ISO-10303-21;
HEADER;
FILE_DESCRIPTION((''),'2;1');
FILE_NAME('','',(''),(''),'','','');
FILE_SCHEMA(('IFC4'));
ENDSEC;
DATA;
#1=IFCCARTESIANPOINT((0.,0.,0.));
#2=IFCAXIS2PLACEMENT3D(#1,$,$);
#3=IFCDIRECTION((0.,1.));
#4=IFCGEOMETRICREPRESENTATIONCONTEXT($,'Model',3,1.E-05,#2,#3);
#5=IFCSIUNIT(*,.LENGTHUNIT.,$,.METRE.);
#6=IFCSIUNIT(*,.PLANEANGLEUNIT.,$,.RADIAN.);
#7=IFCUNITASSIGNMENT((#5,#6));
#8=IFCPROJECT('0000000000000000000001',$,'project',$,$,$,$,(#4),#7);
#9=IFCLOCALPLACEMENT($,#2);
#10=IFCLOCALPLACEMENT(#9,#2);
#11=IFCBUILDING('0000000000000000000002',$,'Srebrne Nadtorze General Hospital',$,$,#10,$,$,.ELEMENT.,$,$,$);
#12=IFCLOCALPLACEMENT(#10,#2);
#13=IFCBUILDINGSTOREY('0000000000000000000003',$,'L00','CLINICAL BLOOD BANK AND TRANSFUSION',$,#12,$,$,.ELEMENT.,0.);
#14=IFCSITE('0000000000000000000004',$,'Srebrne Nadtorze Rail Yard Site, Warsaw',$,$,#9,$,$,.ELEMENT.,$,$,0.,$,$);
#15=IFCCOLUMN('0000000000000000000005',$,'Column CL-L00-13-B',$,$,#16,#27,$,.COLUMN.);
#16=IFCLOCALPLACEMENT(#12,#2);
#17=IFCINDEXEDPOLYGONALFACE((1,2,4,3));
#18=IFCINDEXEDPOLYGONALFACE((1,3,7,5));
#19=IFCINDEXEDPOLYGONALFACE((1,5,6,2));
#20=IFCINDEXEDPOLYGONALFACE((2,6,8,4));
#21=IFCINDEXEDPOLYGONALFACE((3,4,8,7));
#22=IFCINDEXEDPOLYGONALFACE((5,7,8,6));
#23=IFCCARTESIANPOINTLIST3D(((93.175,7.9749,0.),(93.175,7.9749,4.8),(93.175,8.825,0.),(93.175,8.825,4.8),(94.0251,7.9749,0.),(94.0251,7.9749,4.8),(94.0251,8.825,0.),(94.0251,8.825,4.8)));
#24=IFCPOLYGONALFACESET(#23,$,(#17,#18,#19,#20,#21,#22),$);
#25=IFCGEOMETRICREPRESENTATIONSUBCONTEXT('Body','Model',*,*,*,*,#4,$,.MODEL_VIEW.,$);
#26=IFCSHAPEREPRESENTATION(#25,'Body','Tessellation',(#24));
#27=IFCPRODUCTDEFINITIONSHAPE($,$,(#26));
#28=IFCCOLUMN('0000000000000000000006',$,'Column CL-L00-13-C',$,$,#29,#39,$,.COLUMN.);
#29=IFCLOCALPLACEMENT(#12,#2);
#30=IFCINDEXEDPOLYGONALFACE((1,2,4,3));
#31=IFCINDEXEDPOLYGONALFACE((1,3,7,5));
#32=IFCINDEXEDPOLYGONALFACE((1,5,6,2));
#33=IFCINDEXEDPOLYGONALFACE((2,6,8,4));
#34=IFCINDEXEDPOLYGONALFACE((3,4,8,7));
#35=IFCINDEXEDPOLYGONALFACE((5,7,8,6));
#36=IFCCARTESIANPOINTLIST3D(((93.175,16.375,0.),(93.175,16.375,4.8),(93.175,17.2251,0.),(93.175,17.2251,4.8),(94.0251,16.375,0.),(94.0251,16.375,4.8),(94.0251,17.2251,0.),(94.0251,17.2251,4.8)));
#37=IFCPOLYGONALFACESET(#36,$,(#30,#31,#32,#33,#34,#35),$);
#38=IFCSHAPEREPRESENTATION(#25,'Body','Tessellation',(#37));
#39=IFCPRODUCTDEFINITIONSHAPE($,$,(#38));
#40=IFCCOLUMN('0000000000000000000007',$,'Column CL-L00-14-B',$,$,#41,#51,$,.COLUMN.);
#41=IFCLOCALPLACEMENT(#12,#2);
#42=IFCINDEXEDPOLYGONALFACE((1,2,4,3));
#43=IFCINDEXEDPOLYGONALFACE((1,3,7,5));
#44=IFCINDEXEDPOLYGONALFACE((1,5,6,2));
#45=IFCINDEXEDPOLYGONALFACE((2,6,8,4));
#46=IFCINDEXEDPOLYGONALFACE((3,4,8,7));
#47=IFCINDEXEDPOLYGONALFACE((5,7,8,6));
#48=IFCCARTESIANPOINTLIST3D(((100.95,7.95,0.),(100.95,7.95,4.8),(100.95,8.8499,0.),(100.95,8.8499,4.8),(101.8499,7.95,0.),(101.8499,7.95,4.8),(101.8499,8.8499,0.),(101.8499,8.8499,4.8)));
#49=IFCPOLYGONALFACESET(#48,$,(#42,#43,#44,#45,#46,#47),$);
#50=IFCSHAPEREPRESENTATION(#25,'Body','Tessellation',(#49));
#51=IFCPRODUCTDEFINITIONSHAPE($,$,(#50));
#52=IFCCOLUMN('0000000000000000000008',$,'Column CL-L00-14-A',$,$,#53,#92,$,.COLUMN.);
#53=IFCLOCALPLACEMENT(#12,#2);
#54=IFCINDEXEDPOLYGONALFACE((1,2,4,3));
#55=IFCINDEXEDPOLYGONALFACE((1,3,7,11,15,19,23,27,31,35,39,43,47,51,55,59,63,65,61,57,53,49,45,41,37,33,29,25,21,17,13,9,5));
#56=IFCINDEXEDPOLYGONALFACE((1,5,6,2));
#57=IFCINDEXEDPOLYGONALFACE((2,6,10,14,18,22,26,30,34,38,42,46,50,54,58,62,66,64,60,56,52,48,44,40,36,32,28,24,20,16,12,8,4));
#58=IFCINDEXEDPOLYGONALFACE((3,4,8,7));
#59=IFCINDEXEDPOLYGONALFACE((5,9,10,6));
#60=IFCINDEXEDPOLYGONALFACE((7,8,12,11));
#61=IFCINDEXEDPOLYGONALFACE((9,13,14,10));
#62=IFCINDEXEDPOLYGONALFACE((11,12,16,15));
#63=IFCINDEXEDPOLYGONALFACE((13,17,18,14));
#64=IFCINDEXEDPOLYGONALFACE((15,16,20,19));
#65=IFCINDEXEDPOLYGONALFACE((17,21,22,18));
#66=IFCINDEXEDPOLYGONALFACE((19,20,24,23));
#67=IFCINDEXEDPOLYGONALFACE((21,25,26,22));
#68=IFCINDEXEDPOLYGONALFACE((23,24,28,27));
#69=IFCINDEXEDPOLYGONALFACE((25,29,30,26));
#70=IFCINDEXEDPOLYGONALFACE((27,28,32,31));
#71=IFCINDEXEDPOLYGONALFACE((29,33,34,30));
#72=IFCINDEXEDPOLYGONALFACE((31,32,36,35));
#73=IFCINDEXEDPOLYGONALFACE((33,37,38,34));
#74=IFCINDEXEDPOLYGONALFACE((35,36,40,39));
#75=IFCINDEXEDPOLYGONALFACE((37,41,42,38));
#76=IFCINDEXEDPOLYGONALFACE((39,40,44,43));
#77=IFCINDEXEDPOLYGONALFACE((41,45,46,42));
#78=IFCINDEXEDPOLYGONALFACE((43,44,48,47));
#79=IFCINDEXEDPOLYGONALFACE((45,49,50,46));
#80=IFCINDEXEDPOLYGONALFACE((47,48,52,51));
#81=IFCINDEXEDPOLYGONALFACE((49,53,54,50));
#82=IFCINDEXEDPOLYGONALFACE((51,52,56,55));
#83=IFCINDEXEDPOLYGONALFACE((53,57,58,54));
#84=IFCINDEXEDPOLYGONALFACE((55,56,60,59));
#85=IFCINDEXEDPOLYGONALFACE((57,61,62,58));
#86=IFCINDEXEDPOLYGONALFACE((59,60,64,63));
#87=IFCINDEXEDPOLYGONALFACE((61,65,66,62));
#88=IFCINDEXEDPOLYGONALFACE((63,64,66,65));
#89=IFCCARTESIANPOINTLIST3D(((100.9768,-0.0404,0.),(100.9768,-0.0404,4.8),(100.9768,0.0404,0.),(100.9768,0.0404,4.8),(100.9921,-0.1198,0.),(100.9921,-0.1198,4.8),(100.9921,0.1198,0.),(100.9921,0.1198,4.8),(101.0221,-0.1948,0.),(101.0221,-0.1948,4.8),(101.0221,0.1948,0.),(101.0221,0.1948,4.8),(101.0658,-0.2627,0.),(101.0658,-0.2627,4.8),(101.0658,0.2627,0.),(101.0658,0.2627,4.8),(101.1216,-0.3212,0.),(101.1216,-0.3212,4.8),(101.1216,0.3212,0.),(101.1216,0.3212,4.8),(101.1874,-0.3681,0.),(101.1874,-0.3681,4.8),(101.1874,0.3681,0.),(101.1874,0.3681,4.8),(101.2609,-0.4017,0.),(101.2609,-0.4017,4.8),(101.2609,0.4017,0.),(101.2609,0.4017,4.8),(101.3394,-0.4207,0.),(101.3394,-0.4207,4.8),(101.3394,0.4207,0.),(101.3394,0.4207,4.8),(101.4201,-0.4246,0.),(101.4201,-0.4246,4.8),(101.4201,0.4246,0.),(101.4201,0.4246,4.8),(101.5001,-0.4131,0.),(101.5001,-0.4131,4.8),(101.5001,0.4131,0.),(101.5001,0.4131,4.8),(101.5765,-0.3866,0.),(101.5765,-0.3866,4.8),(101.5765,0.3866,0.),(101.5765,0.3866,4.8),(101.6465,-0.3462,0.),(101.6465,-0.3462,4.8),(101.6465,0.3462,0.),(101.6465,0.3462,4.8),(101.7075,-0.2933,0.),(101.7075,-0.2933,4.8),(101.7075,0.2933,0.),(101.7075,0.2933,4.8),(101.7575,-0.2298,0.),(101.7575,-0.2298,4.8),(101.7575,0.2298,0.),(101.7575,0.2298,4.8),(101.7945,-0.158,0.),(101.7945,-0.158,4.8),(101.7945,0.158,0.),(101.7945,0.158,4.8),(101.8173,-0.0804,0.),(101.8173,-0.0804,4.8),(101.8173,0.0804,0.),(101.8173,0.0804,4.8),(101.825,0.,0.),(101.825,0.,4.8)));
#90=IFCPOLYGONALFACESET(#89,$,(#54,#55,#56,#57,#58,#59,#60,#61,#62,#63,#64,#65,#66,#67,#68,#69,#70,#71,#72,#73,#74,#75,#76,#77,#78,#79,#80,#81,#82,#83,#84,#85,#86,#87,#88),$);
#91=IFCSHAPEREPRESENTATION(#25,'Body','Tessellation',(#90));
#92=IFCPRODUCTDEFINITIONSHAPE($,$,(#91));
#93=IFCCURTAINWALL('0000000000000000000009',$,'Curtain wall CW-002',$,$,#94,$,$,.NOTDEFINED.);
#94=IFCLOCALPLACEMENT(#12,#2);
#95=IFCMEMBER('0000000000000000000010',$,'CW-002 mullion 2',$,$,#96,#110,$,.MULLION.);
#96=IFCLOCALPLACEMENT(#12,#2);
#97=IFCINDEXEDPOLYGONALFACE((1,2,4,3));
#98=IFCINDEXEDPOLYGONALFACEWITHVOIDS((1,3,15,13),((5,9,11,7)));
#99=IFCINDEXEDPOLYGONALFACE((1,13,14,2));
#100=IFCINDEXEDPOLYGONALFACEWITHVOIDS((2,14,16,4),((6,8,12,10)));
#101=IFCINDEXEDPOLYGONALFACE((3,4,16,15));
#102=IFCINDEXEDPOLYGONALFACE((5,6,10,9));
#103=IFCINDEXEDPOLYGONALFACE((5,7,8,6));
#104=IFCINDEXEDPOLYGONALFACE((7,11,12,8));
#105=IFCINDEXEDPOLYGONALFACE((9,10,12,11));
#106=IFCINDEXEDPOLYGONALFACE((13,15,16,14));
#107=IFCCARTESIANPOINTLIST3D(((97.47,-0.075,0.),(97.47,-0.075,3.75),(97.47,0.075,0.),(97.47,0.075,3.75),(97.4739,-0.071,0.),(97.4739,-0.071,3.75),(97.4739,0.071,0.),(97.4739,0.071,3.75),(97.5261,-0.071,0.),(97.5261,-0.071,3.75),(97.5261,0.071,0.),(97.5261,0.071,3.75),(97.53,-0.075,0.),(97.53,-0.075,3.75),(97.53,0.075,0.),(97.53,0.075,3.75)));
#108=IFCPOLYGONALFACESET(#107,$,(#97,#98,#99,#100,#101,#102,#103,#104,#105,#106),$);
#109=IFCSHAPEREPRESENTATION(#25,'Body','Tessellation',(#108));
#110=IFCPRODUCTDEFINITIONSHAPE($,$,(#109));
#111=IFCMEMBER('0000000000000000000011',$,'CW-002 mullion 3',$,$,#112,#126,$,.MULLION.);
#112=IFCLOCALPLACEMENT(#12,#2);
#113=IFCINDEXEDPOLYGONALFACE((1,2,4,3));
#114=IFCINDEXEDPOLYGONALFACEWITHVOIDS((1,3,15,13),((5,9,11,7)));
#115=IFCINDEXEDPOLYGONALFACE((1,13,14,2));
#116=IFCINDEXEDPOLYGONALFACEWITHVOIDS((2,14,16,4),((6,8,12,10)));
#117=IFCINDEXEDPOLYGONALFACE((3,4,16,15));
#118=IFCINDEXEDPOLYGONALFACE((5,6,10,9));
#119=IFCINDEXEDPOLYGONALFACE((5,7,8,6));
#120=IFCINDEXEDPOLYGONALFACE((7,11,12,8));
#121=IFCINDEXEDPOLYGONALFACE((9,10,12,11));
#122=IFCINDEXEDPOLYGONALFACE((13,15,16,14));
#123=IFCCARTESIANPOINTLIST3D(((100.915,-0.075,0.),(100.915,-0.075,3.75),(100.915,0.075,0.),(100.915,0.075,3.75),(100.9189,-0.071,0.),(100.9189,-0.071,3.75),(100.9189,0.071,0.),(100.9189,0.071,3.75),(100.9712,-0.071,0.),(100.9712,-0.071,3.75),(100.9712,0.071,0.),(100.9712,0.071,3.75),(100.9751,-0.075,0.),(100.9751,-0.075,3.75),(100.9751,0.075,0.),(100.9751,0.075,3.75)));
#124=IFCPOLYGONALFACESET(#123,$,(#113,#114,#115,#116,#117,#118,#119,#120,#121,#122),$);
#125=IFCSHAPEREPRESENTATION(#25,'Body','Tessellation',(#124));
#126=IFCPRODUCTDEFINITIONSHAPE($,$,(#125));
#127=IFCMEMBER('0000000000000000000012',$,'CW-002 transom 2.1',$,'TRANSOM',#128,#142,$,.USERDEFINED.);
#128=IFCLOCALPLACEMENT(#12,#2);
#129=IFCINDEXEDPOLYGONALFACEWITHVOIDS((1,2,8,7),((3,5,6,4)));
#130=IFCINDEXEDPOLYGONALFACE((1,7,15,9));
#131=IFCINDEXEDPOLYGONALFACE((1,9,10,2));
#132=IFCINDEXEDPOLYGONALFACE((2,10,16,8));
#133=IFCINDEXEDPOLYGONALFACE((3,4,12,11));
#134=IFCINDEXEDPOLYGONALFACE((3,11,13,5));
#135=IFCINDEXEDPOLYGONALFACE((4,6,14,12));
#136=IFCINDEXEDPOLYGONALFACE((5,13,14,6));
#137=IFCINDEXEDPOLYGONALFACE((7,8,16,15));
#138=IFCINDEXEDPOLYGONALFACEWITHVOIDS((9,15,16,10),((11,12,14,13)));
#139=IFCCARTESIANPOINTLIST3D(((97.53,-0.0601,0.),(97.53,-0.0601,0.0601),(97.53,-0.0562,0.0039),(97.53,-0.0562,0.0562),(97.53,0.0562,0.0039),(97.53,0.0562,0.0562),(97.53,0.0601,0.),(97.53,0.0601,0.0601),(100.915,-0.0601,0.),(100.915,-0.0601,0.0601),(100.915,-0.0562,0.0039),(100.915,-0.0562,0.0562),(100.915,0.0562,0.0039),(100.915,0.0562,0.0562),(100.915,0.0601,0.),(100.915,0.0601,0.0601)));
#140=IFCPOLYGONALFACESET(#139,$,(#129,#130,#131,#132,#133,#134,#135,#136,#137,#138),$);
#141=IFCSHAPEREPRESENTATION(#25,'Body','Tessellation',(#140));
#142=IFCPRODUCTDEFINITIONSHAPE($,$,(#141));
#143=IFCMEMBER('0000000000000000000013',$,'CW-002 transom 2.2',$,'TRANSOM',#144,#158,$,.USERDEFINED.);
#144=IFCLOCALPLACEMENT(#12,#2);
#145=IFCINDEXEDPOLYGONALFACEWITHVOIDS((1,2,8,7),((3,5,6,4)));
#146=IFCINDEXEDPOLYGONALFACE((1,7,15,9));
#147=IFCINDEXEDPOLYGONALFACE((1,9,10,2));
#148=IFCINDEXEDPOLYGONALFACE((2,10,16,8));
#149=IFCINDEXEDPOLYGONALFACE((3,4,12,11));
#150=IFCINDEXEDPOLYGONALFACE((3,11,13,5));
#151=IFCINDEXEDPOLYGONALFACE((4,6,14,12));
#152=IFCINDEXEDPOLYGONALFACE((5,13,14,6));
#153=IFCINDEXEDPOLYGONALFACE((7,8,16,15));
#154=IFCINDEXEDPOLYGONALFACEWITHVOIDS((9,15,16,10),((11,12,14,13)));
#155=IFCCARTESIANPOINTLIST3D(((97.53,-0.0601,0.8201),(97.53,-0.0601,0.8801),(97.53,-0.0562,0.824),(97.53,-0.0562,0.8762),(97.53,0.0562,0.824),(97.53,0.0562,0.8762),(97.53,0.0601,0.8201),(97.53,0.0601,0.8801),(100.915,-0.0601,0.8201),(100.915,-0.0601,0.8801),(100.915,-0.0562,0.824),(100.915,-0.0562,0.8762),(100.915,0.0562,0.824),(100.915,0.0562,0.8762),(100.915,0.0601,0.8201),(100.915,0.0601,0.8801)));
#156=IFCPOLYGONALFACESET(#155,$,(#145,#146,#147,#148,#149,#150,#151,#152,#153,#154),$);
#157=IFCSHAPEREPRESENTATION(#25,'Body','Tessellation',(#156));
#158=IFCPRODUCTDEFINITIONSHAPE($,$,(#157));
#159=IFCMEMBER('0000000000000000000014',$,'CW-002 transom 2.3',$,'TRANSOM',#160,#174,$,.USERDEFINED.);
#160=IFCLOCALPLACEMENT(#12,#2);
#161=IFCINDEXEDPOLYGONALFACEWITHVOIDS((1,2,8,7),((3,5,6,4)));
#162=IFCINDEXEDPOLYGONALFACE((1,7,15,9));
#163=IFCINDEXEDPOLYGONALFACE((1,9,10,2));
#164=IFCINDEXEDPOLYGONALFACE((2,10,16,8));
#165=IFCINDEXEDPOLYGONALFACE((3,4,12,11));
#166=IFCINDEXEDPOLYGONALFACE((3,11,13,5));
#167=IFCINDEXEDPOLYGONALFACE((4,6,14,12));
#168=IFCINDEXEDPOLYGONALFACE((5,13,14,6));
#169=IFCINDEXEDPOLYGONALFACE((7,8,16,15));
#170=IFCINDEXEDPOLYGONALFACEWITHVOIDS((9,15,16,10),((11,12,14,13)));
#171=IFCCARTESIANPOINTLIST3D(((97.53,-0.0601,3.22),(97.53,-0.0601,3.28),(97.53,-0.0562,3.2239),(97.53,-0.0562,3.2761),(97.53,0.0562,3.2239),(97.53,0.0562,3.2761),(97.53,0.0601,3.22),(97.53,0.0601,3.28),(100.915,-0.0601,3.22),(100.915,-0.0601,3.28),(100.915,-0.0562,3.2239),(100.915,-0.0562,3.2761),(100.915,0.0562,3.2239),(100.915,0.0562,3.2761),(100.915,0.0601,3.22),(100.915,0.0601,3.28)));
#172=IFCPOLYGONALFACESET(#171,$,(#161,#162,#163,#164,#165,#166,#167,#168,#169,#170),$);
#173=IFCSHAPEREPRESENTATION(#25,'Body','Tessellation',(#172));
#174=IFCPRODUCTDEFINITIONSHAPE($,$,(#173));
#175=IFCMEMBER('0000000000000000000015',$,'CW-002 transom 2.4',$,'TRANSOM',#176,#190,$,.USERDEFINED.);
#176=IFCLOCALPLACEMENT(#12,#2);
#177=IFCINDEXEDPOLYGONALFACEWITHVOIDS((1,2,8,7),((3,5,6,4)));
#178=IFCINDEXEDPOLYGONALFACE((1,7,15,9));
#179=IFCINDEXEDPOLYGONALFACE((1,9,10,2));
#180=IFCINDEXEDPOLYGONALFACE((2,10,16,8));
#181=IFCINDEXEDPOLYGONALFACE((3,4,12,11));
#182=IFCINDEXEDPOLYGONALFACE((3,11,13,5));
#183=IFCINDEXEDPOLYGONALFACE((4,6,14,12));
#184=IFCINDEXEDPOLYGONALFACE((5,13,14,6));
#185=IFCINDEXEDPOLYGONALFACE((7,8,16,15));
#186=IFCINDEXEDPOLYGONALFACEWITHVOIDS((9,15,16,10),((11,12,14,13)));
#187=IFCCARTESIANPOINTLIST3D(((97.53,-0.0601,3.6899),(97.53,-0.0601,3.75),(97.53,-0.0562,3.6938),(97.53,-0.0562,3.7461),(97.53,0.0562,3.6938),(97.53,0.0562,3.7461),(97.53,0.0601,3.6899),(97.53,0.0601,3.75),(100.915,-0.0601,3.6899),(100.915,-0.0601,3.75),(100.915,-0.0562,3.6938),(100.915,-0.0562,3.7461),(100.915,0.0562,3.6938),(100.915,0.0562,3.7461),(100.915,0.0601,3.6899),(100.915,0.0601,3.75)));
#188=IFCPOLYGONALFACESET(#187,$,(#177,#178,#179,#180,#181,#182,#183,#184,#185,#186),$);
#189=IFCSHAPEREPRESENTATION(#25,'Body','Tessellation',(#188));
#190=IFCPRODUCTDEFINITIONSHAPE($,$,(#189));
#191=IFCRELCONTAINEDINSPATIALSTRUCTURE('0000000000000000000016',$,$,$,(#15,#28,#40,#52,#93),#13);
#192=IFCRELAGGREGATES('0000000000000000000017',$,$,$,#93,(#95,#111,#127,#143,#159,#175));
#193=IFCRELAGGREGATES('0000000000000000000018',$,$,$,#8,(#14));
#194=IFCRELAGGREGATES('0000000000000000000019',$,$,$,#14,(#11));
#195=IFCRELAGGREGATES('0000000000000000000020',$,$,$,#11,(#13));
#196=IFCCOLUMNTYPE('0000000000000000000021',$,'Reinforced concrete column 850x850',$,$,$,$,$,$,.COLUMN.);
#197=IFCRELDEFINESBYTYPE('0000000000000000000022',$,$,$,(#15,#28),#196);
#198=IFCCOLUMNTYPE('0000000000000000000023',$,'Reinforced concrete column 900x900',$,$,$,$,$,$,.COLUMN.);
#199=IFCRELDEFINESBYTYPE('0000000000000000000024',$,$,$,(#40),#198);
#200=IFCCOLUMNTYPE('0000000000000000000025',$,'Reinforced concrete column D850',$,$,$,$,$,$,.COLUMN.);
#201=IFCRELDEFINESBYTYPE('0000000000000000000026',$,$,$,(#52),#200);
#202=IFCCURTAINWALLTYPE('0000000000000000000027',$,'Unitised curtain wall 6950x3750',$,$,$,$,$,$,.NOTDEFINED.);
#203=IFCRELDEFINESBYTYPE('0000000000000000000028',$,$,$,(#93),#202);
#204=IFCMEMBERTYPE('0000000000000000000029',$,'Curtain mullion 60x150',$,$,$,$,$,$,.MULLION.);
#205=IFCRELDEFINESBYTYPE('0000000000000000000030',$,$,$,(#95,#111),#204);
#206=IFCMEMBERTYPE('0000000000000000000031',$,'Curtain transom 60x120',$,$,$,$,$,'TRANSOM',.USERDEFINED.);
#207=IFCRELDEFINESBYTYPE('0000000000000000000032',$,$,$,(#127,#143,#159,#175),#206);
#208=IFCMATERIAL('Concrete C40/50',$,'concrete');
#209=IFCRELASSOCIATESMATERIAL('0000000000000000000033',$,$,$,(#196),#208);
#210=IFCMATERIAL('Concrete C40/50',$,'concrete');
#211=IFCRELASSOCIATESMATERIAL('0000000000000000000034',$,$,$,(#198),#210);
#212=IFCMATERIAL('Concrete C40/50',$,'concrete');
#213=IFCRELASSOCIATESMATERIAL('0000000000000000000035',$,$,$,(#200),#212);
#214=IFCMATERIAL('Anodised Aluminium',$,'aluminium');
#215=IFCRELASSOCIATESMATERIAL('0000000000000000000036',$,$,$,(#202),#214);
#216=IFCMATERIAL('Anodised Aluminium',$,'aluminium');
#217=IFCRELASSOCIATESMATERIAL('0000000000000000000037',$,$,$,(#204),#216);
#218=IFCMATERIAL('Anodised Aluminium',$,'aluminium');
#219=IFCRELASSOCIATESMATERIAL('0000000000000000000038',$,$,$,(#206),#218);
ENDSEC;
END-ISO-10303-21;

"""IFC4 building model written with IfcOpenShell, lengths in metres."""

from ifc_helpers import new_model, si_unit, direction, frame, origin, origin_2d, place, context, subcontext, project, spatial, rectangle, hollow_rectangle, circle, extrude, material, material_profile, profile_set, type_object, element, aggregate, save


model = new_model("IFC4")

# Units and contexts
model_context = context("Model", 3, precision=1e-05, world=origin(), true_north=direction((0.0, 1.0)))
body_context = subcontext(model_context, "Body", "Model", "MODEL_VIEW")
ifc_project = project(units=[si_unit("LENGTHUNIT", "METRE"), si_unit("PLANEANGLEUNIT", "RADIAN")], contexts=[model_context])

# Site, building, storey
site_placement = place(None, origin())
site = spatial("IfcSite", under=ifc_project, at=site_placement, Name="Srebrne Nadtorze Rail Yard Site, Warsaw", CompositionType="ELEMENT", RefElevation=0.0)
building_placement = place(site_placement, origin())
building = spatial("IfcBuilding", under=site, at=building_placement, Name="Srebrne Nadtorze General Hospital", CompositionType="ELEMENT")
storey_placement = place(building_placement, origin())
storey = spatial("IfcBuildingStorey", under=building, at=storey_placement, Name="L00", Description="CLINICAL BLOOD BANK AND TRANSFUSION", CompositionType="ELEMENT", Elevation=0.0)

# Columns
ifc_material_1 = material(Name="Concrete C40/50", Category="concrete")
ifc_material_profile_1 = material_profile(ifc_material_1, rectangle(XDim=0.8501, YDim=0.8501, at=origin_2d()), Name="RC-COL-850x850")
ifc_profile_set_1 = profile_set([ifc_material_profile_1], Name="Concrete C40/50")
column_type_1 = type_object("IfcColumnType", Name="Reinforced concrete column 850x850", PredefinedType="COLUMN", material=ifc_profile_set_1)
for number, where, z_axis, x_axis, name in (
    (1, (93.6001, 8.3999, 0.0), (0.0, 0.0, 1.0), (1.0, 0.0, 0.0), "Column CL-L00-13-B"),
    (2, (93.6001, 16.8, 0.0), (0.0, 0.0, 1.0), (1.0, 0.0, 0.0), "Column CL-L00-13-C"),
):
    element("IfcColumn", number, at=place(storey_placement, frame(where, z_axis=z_axis, x_axis=x_axis)), inside=storey, type_object=column_type_1, Name=name, PredefinedType="COLUMN", context=body_context, shape_type="SweptSolid", body=[
        extrude(rectangle(XDim=0.8501, YDim=0.8501, at=origin_2d()), origin(), (0.0, 0.0, 1.0), 4.8),
    ])
ifc_material_2 = material(Name="Concrete C40/50", Category="concrete")
ifc_material_profile_2 = material_profile(ifc_material_2, rectangle(XDim=0.8999, YDim=0.8999, at=origin_2d()), Name="RC-COL-900x900")
ifc_profile_set_2 = profile_set([ifc_material_profile_2], Name="Concrete C40/50")
column_type_2 = type_object("IfcColumnType", Name="Reinforced concrete column 900x900", PredefinedType="COLUMN", material=ifc_profile_set_2)
column_1_placement = place(storey_placement, frame((101.3999, 8.3999, 0.0), z_axis=(0.0, 0.0, 1.0), x_axis=(1.0, 0.0, 0.0)))
element("IfcColumn", 3, at=column_1_placement, inside=storey, type_object=column_type_2, Name="Column CL-L00-14-B", PredefinedType="COLUMN", context=body_context, shape_type="SweptSolid", body=[
    extrude(rectangle(XDim=0.8999, YDim=0.8999, at=origin_2d()), origin(), (0.0, 0.0, 1.0), 4.8),
])
ifc_material_3 = material(Name="Concrete C40/50", Category="concrete")
ifc_material_profile_3 = material_profile(ifc_material_3, circle(Radius=0.425, at=origin_2d()), Name="RC-COL-D850")
ifc_profile_set_3 = profile_set([ifc_material_profile_3], Name="Concrete C40/50")
column_type_3 = type_object("IfcColumnType", Name="Reinforced concrete column D850", PredefinedType="COLUMN", material=ifc_profile_set_3)
column_2_placement = place(storey_placement, frame((101.3999, 0.0, 0.0), z_axis=(0.0, 0.0, 1.0), x_axis=(1.0, 0.0, 0.0)))
element("IfcColumn", 4, at=column_2_placement, inside=storey, type_object=column_type_3, Name="Column CL-L00-14-A", PredefinedType="COLUMN", context=body_context, shape_type="SweptSolid", body=[
    extrude(circle(Radius=0.425, at=origin_2d()), origin(), (0.0, 0.0, 1.0), 4.8),
])

# Curtain wall, members
ifc_material_4 = material(Name="Anodised Aluminium", Category="aluminium")
curtain_wall_type = type_object("IfcCurtainWallType", Name="Unitised curtain wall 6950x3750", PredefinedType="NOTDEFINED", material=ifc_material_4)
curtain_wall_placement = place(storey_placement, origin())
curtain_wall = element("IfcCurtainWall", 5, at=curtain_wall_placement, inside=storey, type_object=curtain_wall_type, Name="Curtain wall CW-002", PredefinedType="NOTDEFINED")
ifc_material_5 = material(Name="Anodised Aluminium", Category="aluminium")
ifc_material_profile_4 = material_profile(ifc_material_5, hollow_rectangle(XDim=0.0601, YDim=0.1499, WallThickness=0.0039, at=origin_2d()), Name="AL-MUL-60x150")
ifc_profile_set_4 = profile_set([ifc_material_profile_4], Name="Anodised Aluminium")
member_type_1 = type_object("IfcMemberType", Name="Curtain mullion 60x150", PredefinedType="MULLION", material=ifc_profile_set_4)
member_1_placement = place(storey_placement, frame((97.5, 0.0, 0.0), z_axis=(0.0, 0.0, 1.0), x_axis=(1.0, 0.0, 0.0)))
member_1 = element("IfcMember", 6, at=member_1_placement, type_object=member_type_1, Name="CW-002 mullion 2", PredefinedType="MULLION", context=body_context, shape_type="SweptSolid", body=[
    extrude(hollow_rectangle(XDim=0.0601, YDim=0.1499, WallThickness=0.0039, at=origin_2d()), origin(), (0.0, 0.0, 1.0), 3.75),
])
member_2_placement = place(storey_placement, frame((100.9451, 0.0, 0.0), z_axis=(0.0, 0.0, 1.0), x_axis=(1.0, 0.0, 0.0)))
member_2 = element("IfcMember", 7, at=member_2_placement, type_object=member_type_1, Name="CW-002 mullion 3", PredefinedType="MULLION", context=body_context, shape_type="SweptSolid", body=[
    extrude(hollow_rectangle(XDim=0.0601, YDim=0.1499, WallThickness=0.0039, at=origin_2d()), origin(), (0.0, 0.0, 1.0), 3.75),
])
ifc_material_6 = material(Name="Anodised Aluminium", Category="aluminium")
ifc_material_profile_5 = material_profile(ifc_material_6, hollow_rectangle(XDim=0.0601, YDim=0.1201, WallThickness=0.0039, at=origin_2d()), Name="AL-TRN-60x120")
ifc_profile_set_5 = profile_set([ifc_material_profile_5], Name="Anodised Aluminium")
member_type_2 = type_object("IfcMemberType", Name="Curtain transom 60x120", ElementType="TRANSOM", PredefinedType="USERDEFINED", material=ifc_profile_set_5)
member_3_placement = place(storey_placement, frame((97.53, 0.0, 0.03), z_axis=(1.0, 0.0, 0.0), x_axis=(0.0, 0.0, 1.0)))
member_3 = element("IfcMember", 8, at=member_3_placement, type_object=member_type_2, Name="CW-002 transom 2.1", ObjectType="TRANSOM", PredefinedType="USERDEFINED", context=body_context, shape_type="SweptSolid", body=[
    extrude(hollow_rectangle(XDim=0.0601, YDim=0.1201, WallThickness=0.0039, at=origin_2d()), origin(), (0.0, 0.0, 1.0), 3.385),
])
member_4_placement = place(storey_placement, frame((97.53, 0.0, 0.8501), z_axis=(1.0, 0.0, 0.0), x_axis=(0.0, 0.0, 1.0)))
member_4 = element("IfcMember", 9, at=member_4_placement, type_object=member_type_2, Name="CW-002 transom 2.2", ObjectType="TRANSOM", PredefinedType="USERDEFINED", context=body_context, shape_type="SweptSolid", body=[
    extrude(hollow_rectangle(XDim=0.0601, YDim=0.1201, WallThickness=0.0039, at=origin_2d()), origin(), (0.0, 0.0, 1.0), 3.385),
])
member_5_placement = place(storey_placement, frame((97.53, 0.0, 3.25), z_axis=(1.0, 0.0, 0.0), x_axis=(0.0, 0.0, 1.0)))
member_5 = element("IfcMember", 10, at=member_5_placement, type_object=member_type_2, Name="CW-002 transom 2.3", ObjectType="TRANSOM", PredefinedType="USERDEFINED", context=body_context, shape_type="SweptSolid", body=[
    extrude(hollow_rectangle(XDim=0.0601, YDim=0.1201, WallThickness=0.0039, at=origin_2d()), origin(), (0.0, 0.0, 1.0), 3.385),
])
member_6_placement = place(storey_placement, frame((97.53, 0.0, 3.72), z_axis=(1.0, 0.0, 0.0), x_axis=(0.0, 0.0, 1.0)))
member_6 = element("IfcMember", 11, at=member_6_placement, type_object=member_type_2, Name="CW-002 transom 2.4", ObjectType="TRANSOM", PredefinedType="USERDEFINED", context=body_context, shape_type="SweptSolid", body=[
    extrude(hollow_rectangle(XDim=0.0601, YDim=0.1201, WallThickness=0.0039, at=origin_2d()), origin(), (0.0, 0.0, 1.0), 3.385),
])

aggregate(curtain_wall, [member_1, member_2, member_3, member_4, member_5, member_6])

save(model, "model.ifc")
